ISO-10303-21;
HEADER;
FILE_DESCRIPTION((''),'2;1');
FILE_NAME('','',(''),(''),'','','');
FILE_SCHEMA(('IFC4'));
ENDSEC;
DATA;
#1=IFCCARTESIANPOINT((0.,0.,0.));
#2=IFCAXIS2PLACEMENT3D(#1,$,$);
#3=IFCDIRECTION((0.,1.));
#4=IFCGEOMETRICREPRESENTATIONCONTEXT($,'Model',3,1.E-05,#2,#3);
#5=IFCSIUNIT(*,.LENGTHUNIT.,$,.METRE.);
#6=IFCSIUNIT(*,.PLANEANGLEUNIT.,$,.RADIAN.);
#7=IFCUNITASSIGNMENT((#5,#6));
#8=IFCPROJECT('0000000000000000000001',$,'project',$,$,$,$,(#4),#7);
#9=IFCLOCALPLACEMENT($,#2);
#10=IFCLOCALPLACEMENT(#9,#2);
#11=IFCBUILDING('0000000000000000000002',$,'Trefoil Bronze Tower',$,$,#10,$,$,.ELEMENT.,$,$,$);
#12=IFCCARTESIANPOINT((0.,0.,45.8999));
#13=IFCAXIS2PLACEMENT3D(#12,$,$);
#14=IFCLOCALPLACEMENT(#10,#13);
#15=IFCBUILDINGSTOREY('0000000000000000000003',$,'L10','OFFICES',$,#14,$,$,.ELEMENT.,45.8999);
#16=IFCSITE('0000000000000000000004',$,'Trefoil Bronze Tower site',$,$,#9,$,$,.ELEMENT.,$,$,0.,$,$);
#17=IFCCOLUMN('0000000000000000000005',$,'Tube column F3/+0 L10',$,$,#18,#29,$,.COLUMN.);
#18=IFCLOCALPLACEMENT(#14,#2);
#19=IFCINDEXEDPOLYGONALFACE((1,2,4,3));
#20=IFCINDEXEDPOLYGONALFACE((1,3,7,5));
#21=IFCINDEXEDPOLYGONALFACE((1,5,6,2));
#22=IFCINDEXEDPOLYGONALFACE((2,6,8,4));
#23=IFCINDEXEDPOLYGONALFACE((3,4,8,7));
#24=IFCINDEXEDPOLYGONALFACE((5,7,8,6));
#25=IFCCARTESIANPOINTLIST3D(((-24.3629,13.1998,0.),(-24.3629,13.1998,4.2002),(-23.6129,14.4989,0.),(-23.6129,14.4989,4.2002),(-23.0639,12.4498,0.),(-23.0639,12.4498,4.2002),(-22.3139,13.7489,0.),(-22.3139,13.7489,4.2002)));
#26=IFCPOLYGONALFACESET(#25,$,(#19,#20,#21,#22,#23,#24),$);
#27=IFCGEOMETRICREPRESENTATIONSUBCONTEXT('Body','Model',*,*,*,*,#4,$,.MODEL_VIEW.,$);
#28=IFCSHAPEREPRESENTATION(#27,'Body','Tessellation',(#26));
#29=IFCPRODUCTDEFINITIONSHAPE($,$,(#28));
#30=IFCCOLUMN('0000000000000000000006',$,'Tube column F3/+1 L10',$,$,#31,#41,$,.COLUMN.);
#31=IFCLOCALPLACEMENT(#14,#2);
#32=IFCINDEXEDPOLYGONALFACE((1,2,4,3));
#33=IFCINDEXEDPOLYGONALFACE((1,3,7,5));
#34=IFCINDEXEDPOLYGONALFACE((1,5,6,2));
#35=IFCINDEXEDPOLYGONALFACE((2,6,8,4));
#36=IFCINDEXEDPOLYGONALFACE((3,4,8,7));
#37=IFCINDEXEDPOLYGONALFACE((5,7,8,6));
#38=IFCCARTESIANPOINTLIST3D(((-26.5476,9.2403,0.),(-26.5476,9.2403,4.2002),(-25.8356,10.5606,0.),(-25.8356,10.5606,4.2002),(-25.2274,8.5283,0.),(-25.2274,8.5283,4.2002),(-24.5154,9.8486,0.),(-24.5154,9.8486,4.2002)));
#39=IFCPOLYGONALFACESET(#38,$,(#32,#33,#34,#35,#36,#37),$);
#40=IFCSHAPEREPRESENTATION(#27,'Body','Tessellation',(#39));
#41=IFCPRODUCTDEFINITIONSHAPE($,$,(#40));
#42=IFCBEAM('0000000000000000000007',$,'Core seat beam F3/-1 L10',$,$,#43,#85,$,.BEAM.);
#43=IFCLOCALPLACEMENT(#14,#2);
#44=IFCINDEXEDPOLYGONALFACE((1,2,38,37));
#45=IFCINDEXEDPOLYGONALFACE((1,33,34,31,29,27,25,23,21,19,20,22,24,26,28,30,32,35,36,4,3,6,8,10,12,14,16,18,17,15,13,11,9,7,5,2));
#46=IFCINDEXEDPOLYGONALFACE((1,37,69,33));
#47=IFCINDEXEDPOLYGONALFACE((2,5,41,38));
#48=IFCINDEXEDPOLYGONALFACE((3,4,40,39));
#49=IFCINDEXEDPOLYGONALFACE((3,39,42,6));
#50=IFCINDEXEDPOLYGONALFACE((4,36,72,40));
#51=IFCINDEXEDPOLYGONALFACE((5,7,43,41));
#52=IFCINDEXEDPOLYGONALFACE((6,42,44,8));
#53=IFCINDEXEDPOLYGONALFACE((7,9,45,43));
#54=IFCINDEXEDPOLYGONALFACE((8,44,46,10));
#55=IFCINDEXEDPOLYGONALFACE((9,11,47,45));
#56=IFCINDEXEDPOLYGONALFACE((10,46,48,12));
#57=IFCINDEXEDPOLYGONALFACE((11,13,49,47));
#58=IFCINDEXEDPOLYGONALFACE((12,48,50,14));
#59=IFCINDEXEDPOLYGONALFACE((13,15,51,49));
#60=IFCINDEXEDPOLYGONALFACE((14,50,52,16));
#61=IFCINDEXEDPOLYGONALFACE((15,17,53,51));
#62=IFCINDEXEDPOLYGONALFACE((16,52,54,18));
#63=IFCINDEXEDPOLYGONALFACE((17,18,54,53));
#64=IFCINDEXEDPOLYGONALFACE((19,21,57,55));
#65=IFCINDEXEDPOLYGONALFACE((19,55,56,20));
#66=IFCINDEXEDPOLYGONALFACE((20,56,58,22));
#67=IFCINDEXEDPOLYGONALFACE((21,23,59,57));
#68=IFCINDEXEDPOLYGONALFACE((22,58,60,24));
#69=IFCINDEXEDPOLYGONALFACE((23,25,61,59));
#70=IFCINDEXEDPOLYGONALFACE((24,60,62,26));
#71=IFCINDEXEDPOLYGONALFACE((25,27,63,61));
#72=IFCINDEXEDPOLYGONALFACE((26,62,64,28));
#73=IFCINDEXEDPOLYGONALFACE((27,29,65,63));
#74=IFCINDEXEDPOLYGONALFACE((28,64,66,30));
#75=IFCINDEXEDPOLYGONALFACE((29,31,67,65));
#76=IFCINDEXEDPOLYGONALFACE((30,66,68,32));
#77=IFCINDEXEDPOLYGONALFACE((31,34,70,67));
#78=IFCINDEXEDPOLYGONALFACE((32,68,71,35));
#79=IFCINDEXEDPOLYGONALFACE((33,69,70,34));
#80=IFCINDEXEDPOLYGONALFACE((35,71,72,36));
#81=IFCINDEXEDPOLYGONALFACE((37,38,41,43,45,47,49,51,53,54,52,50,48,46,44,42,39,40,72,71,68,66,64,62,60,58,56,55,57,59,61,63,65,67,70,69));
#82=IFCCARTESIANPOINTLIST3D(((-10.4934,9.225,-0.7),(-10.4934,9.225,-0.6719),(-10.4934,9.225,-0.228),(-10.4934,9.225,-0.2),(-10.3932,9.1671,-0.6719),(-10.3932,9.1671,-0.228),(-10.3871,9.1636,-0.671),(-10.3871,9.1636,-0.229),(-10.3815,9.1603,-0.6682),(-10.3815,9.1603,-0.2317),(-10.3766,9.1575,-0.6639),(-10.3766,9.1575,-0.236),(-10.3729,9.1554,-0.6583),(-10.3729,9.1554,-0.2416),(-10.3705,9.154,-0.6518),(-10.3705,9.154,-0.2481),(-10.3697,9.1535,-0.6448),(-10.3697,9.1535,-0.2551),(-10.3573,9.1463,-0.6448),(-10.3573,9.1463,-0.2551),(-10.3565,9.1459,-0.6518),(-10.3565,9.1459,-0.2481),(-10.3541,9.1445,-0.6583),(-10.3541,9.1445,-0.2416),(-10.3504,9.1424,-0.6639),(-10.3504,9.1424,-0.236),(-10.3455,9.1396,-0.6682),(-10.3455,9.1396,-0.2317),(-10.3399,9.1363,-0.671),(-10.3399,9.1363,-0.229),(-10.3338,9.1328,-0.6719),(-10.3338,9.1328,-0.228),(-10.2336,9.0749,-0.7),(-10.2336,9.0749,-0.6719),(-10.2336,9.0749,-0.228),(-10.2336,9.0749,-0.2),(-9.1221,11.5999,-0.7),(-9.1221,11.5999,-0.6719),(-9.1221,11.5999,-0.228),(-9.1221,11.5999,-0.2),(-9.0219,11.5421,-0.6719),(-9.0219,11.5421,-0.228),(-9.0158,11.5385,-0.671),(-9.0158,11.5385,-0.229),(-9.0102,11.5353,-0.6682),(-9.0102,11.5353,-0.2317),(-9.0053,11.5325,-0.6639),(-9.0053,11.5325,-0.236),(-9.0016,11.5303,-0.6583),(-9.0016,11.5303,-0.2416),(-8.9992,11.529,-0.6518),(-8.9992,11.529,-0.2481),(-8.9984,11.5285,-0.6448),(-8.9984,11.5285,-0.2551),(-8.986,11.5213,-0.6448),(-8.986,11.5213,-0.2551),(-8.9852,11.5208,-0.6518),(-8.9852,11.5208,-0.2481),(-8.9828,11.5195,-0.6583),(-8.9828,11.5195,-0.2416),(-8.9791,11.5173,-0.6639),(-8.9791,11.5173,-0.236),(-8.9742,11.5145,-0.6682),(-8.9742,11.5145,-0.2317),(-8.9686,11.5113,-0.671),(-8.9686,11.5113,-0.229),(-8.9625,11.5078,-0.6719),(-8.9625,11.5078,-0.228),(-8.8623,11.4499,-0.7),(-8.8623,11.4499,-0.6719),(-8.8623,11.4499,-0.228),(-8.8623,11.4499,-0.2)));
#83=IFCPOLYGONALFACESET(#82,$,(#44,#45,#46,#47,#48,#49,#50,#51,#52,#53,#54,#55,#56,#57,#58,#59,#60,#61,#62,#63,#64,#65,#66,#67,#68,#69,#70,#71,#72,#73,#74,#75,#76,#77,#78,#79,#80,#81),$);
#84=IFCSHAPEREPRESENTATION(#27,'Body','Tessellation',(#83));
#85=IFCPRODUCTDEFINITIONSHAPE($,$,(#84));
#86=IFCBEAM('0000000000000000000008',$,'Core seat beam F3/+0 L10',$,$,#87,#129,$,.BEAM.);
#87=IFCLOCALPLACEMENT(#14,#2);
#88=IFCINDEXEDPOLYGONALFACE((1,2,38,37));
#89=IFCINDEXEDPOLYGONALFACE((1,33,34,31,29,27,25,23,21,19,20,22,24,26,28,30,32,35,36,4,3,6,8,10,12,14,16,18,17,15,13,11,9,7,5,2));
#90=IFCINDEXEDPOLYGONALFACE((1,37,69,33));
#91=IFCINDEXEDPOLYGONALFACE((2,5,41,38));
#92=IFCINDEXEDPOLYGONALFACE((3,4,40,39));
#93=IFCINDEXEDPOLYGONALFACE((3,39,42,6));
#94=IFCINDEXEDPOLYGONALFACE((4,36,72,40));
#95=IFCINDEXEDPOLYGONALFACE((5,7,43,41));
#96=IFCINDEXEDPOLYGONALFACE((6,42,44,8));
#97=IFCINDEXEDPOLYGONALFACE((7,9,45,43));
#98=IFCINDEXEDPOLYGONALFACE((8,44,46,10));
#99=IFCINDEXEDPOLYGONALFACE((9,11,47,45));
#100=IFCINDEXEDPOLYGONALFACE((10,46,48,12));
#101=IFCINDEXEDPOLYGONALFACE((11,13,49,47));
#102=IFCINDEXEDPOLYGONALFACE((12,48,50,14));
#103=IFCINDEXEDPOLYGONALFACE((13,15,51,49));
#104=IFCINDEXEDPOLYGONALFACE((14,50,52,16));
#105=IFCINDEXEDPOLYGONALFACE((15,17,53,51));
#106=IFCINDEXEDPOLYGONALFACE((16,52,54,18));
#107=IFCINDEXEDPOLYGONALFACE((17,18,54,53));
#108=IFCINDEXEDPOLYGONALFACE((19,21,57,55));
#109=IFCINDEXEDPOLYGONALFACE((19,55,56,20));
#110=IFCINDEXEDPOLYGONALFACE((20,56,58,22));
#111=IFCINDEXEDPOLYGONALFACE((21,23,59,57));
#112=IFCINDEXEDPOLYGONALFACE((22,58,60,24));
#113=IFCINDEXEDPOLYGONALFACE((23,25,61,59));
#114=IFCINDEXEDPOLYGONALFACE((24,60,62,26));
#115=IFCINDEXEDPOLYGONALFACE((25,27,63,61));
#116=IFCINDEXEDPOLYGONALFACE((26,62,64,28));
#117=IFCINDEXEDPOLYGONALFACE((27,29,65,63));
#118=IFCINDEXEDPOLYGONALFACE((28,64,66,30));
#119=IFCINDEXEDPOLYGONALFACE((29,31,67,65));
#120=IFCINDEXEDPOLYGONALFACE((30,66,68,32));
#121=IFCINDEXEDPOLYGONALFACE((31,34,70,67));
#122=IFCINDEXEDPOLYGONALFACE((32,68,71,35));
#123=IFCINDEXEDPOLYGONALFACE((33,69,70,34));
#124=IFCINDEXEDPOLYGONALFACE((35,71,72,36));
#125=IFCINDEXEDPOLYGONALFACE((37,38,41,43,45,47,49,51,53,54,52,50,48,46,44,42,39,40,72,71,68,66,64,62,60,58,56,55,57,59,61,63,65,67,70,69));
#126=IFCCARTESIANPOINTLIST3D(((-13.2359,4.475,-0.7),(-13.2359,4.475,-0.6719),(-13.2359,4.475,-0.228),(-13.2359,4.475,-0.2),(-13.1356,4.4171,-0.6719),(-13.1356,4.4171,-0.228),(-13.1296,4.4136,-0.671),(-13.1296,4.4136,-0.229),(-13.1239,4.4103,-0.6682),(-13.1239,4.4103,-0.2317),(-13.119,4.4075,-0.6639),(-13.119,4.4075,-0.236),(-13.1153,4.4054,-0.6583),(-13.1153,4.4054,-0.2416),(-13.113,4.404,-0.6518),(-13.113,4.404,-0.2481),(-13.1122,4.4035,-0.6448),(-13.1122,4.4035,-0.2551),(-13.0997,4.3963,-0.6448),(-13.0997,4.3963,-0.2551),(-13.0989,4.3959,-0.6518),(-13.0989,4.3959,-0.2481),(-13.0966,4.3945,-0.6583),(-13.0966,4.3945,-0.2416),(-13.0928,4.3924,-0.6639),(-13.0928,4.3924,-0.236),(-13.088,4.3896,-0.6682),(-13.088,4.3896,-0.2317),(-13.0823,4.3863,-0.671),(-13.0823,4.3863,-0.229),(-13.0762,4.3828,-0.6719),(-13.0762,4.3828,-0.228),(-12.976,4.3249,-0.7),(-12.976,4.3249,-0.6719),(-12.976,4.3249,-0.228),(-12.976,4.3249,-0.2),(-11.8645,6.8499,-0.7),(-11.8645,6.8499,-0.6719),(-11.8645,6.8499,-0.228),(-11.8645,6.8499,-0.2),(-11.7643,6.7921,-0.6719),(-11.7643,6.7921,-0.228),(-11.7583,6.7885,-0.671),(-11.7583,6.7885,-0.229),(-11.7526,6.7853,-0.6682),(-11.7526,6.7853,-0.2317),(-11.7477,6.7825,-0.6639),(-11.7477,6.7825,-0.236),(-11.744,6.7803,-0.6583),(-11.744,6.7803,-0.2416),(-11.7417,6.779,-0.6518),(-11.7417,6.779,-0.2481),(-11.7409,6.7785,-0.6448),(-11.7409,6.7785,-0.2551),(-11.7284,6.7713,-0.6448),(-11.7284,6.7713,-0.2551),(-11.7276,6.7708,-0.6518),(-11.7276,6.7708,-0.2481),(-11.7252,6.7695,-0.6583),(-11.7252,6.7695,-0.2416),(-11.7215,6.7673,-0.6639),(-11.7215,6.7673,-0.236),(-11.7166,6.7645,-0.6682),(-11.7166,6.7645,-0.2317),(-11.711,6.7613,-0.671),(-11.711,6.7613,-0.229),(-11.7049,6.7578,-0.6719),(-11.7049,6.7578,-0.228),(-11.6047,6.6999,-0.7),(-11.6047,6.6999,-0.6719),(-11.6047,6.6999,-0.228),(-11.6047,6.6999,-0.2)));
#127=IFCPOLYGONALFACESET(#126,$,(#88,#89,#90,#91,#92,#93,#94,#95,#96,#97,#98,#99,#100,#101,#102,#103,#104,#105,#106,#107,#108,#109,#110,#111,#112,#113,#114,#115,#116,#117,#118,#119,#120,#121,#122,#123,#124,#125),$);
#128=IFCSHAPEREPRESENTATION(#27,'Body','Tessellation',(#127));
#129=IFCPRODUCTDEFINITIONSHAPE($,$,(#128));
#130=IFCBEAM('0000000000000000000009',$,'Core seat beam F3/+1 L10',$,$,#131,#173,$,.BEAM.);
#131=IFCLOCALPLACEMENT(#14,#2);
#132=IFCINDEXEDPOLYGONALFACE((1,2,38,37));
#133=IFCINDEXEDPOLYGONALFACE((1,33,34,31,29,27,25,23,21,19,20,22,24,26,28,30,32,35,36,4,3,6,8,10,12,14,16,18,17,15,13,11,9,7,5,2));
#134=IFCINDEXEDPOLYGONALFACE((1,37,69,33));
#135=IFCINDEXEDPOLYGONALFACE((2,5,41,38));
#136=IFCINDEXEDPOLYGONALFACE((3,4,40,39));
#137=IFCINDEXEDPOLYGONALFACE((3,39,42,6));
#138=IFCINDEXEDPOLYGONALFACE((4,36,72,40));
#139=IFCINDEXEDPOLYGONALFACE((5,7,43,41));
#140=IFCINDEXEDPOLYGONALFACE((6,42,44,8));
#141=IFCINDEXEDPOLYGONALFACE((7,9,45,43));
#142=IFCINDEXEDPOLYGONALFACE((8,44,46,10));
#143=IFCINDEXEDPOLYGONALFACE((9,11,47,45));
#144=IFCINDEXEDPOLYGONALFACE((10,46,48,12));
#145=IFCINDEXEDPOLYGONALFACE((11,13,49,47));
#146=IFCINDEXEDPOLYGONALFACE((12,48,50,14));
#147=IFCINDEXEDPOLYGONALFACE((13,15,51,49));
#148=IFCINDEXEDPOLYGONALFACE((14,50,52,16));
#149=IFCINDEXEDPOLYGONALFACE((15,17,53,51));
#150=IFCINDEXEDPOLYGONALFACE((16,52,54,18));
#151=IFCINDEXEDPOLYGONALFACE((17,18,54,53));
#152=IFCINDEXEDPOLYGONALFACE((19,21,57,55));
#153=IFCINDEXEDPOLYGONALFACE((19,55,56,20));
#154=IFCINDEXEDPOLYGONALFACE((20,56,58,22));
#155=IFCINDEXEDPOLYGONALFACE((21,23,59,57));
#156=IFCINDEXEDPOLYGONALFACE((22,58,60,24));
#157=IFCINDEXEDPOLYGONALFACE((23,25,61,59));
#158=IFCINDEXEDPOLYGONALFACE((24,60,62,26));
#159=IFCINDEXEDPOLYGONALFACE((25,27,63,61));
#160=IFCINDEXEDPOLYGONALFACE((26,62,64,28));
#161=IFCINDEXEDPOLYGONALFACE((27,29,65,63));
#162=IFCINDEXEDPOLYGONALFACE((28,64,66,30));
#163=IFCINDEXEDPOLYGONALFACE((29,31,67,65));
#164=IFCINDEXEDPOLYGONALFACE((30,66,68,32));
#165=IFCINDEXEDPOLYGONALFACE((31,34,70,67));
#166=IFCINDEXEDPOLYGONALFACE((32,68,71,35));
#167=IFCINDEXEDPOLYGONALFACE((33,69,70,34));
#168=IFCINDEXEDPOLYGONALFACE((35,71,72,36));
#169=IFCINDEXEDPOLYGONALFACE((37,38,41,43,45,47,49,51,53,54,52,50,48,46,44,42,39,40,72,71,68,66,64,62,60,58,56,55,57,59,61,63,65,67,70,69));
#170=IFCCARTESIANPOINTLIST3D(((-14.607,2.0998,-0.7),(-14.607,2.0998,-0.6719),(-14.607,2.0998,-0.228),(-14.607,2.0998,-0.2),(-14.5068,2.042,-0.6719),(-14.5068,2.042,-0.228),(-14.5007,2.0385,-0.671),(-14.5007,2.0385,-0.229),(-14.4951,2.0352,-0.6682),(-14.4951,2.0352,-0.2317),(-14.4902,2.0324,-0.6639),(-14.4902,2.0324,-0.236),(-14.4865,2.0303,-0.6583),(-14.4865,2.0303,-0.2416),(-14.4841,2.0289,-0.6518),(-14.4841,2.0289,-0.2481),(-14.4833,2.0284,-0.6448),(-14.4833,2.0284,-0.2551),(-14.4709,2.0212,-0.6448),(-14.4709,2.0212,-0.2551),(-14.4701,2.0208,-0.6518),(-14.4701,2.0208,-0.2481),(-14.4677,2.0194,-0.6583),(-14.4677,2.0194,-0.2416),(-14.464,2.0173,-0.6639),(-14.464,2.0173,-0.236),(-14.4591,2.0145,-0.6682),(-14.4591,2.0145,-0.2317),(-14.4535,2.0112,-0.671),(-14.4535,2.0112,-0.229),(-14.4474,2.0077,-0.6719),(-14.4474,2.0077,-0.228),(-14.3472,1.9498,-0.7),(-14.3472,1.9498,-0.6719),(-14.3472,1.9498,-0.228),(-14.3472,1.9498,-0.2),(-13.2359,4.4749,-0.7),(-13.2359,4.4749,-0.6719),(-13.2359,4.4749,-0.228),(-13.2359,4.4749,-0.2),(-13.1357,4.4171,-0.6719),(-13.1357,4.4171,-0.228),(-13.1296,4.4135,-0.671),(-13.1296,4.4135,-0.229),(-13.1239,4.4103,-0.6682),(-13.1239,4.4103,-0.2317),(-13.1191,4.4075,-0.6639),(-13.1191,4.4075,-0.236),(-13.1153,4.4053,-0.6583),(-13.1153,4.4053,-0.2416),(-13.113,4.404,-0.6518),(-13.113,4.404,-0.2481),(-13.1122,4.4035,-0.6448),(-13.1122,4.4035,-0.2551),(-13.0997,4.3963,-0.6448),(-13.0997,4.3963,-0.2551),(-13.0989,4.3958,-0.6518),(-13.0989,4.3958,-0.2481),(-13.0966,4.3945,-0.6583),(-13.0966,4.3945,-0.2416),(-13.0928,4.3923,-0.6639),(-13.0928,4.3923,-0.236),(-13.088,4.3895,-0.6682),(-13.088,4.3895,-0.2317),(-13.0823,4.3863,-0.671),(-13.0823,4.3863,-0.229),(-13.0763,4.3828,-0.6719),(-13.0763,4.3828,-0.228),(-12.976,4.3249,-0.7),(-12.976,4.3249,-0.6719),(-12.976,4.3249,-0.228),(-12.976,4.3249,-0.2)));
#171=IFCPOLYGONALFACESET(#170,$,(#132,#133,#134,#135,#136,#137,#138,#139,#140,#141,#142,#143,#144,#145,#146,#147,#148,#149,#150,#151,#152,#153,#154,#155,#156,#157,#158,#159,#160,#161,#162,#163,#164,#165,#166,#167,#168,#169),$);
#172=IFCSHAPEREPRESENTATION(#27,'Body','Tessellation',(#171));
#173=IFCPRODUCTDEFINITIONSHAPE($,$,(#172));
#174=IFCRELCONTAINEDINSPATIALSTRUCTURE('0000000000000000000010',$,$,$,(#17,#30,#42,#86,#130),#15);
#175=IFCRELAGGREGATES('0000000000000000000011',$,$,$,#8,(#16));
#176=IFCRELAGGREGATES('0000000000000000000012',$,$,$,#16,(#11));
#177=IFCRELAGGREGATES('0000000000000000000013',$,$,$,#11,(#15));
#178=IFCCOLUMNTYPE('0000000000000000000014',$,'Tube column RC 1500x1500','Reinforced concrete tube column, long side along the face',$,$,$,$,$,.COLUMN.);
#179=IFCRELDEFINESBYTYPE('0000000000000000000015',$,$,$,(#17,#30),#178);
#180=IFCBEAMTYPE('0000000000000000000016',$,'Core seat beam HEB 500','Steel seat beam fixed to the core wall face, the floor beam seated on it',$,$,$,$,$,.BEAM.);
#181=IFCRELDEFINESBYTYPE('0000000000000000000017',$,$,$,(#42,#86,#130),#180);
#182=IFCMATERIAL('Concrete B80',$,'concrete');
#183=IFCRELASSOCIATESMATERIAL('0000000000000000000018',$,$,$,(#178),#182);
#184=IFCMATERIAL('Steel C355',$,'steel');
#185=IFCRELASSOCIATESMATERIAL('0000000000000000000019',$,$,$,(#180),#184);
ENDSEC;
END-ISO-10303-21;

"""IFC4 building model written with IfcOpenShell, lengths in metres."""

from ifc_helpers import new_model, si_unit, direction, frame, origin, origin_2d, place, context, subcontext, project, spatial, rectangle, i_section, extrude, material, material_profile, profile_set, type_object, element, save


model = new_model("IFC4")

# Units and contexts
model_context = context("Model", 3, precision=1e-05, world=origin(), true_north=direction((0.0, 1.0)))
body_context = subcontext(model_context, "Body", "Model", "MODEL_VIEW")
ifc_project = project(units=[si_unit("LENGTHUNIT", "METRE"), si_unit("PLANEANGLEUNIT", "RADIAN")], contexts=[model_context])

# Site, building, storey
site_placement = place(None, origin())
site = spatial("IfcSite", under=ifc_project, at=site_placement, Name="Trefoil Bronze Tower site", CompositionType="ELEMENT", RefElevation=0.0)
building_placement = place(site_placement, origin())
building = spatial("IfcBuilding", under=site, at=building_placement, Name="Trefoil Bronze Tower", CompositionType="ELEMENT")
storey_placement = place(building_placement, frame((0.0, 0.0, 45.8999)))
storey = spatial("IfcBuildingStorey", under=building, at=storey_placement, Name="L10", Description="OFFICES", CompositionType="ELEMENT", Elevation=45.8999)

# Columns
ifc_material_1 = material(Name="Concrete B80", Category="concrete")
ifc_material_profile_1 = material_profile(ifc_material_1, rectangle(XDim=1.5, YDim=1.5, at=origin_2d()), Name="RC 1500x1500")
ifc_profile_set_1 = profile_set([ifc_material_profile_1], Name="Concrete B80")
column_type = type_object("IfcColumnType", Name="Tube column RC 1500x1500", Description="Reinforced concrete tube column, long side along the face", PredefinedType="COLUMN", material=ifc_profile_set_1)
for number, where, z_axis, x_axis, name in (
    (1, (-23.3384, 13.4744, 0.0), (0.0, 0.0, 1.0), (-0.5, -0.866025, 0.0), "Tube column F3/+0 L10"),
    (2, (-25.5315, 9.5444, 0.0), (0.0, 0.0, 1.0), (-0.474656, -0.880171, 0.0), "Tube column F3/+1 L10"),
):
    element("IfcColumn", number, at=place(storey_placement, frame(where, z_axis=z_axis, x_axis=x_axis)), inside=storey, type_object=column_type, Name=name, PredefinedType="COLUMN", context=body_context, shape_type="SweptSolid", body=[
        extrude(rectangle(XDim=1.5, YDim=1.5, at=origin_2d()), origin(), (0.0, 0.0, 1.0), 4.2002),
    ])

# Beams
ifc_material_2 = material(Name="Steel C355", Category="steel")
ifc_material_profile_2 = material_profile(ifc_material_2, i_section(OverallWidth=0.3, OverallDepth=0.5, WebThickness=0.0144, FlangeThickness=0.0281, FilletRadius=0.0271, at=origin_2d()), Name="HEB 500")
ifc_profile_set_2 = profile_set([ifc_material_profile_2], Name="Steel C355")
beam_type_1 = type_object("IfcBeamType", Name="Core seat beam HEB 500", Description="Steel seat beam fixed to the core wall face, the floor beam seated on it", PredefinedType="BEAM", material=ifc_profile_set_2)
for number, where, z_axis, x_axis, name in (
    (3, (-8.9922, 11.5249, -0.45), (-0.500036, -0.866005, 0.0), (0.866005, -0.500036, 0.0), "Core seat beam F3/-1 L10"),
    (4, (-11.7346, 6.7749, -0.45), (-0.500036, -0.866005, 0.0), (0.866005, -0.500036, 0.0), "Core seat beam F3/+0 L10"),
    (5, (-13.106, 4.3999, -0.45), (-0.499969, -0.866043, 0.0), (0.866043, -0.499969, 0.0), "Core seat beam F3/+1 L10"),
):
    element("IfcBeam", number, at=place(storey_placement, frame(where, z_axis=z_axis, x_axis=x_axis)), inside=storey, type_object=beam_type_1, Name=name, PredefinedType="BEAM", context=body_context, shape_type="SweptSolid", body=[
        extrude(i_section(OverallWidth=0.3, OverallDepth=0.5, WebThickness=0.0144, FlangeThickness=0.0281, FilletRadius=0.0271, at=origin_2d()), origin(), (0.0, 0.0, 1.0), 2.7424),
    ])

save(model, "model.ifc")
